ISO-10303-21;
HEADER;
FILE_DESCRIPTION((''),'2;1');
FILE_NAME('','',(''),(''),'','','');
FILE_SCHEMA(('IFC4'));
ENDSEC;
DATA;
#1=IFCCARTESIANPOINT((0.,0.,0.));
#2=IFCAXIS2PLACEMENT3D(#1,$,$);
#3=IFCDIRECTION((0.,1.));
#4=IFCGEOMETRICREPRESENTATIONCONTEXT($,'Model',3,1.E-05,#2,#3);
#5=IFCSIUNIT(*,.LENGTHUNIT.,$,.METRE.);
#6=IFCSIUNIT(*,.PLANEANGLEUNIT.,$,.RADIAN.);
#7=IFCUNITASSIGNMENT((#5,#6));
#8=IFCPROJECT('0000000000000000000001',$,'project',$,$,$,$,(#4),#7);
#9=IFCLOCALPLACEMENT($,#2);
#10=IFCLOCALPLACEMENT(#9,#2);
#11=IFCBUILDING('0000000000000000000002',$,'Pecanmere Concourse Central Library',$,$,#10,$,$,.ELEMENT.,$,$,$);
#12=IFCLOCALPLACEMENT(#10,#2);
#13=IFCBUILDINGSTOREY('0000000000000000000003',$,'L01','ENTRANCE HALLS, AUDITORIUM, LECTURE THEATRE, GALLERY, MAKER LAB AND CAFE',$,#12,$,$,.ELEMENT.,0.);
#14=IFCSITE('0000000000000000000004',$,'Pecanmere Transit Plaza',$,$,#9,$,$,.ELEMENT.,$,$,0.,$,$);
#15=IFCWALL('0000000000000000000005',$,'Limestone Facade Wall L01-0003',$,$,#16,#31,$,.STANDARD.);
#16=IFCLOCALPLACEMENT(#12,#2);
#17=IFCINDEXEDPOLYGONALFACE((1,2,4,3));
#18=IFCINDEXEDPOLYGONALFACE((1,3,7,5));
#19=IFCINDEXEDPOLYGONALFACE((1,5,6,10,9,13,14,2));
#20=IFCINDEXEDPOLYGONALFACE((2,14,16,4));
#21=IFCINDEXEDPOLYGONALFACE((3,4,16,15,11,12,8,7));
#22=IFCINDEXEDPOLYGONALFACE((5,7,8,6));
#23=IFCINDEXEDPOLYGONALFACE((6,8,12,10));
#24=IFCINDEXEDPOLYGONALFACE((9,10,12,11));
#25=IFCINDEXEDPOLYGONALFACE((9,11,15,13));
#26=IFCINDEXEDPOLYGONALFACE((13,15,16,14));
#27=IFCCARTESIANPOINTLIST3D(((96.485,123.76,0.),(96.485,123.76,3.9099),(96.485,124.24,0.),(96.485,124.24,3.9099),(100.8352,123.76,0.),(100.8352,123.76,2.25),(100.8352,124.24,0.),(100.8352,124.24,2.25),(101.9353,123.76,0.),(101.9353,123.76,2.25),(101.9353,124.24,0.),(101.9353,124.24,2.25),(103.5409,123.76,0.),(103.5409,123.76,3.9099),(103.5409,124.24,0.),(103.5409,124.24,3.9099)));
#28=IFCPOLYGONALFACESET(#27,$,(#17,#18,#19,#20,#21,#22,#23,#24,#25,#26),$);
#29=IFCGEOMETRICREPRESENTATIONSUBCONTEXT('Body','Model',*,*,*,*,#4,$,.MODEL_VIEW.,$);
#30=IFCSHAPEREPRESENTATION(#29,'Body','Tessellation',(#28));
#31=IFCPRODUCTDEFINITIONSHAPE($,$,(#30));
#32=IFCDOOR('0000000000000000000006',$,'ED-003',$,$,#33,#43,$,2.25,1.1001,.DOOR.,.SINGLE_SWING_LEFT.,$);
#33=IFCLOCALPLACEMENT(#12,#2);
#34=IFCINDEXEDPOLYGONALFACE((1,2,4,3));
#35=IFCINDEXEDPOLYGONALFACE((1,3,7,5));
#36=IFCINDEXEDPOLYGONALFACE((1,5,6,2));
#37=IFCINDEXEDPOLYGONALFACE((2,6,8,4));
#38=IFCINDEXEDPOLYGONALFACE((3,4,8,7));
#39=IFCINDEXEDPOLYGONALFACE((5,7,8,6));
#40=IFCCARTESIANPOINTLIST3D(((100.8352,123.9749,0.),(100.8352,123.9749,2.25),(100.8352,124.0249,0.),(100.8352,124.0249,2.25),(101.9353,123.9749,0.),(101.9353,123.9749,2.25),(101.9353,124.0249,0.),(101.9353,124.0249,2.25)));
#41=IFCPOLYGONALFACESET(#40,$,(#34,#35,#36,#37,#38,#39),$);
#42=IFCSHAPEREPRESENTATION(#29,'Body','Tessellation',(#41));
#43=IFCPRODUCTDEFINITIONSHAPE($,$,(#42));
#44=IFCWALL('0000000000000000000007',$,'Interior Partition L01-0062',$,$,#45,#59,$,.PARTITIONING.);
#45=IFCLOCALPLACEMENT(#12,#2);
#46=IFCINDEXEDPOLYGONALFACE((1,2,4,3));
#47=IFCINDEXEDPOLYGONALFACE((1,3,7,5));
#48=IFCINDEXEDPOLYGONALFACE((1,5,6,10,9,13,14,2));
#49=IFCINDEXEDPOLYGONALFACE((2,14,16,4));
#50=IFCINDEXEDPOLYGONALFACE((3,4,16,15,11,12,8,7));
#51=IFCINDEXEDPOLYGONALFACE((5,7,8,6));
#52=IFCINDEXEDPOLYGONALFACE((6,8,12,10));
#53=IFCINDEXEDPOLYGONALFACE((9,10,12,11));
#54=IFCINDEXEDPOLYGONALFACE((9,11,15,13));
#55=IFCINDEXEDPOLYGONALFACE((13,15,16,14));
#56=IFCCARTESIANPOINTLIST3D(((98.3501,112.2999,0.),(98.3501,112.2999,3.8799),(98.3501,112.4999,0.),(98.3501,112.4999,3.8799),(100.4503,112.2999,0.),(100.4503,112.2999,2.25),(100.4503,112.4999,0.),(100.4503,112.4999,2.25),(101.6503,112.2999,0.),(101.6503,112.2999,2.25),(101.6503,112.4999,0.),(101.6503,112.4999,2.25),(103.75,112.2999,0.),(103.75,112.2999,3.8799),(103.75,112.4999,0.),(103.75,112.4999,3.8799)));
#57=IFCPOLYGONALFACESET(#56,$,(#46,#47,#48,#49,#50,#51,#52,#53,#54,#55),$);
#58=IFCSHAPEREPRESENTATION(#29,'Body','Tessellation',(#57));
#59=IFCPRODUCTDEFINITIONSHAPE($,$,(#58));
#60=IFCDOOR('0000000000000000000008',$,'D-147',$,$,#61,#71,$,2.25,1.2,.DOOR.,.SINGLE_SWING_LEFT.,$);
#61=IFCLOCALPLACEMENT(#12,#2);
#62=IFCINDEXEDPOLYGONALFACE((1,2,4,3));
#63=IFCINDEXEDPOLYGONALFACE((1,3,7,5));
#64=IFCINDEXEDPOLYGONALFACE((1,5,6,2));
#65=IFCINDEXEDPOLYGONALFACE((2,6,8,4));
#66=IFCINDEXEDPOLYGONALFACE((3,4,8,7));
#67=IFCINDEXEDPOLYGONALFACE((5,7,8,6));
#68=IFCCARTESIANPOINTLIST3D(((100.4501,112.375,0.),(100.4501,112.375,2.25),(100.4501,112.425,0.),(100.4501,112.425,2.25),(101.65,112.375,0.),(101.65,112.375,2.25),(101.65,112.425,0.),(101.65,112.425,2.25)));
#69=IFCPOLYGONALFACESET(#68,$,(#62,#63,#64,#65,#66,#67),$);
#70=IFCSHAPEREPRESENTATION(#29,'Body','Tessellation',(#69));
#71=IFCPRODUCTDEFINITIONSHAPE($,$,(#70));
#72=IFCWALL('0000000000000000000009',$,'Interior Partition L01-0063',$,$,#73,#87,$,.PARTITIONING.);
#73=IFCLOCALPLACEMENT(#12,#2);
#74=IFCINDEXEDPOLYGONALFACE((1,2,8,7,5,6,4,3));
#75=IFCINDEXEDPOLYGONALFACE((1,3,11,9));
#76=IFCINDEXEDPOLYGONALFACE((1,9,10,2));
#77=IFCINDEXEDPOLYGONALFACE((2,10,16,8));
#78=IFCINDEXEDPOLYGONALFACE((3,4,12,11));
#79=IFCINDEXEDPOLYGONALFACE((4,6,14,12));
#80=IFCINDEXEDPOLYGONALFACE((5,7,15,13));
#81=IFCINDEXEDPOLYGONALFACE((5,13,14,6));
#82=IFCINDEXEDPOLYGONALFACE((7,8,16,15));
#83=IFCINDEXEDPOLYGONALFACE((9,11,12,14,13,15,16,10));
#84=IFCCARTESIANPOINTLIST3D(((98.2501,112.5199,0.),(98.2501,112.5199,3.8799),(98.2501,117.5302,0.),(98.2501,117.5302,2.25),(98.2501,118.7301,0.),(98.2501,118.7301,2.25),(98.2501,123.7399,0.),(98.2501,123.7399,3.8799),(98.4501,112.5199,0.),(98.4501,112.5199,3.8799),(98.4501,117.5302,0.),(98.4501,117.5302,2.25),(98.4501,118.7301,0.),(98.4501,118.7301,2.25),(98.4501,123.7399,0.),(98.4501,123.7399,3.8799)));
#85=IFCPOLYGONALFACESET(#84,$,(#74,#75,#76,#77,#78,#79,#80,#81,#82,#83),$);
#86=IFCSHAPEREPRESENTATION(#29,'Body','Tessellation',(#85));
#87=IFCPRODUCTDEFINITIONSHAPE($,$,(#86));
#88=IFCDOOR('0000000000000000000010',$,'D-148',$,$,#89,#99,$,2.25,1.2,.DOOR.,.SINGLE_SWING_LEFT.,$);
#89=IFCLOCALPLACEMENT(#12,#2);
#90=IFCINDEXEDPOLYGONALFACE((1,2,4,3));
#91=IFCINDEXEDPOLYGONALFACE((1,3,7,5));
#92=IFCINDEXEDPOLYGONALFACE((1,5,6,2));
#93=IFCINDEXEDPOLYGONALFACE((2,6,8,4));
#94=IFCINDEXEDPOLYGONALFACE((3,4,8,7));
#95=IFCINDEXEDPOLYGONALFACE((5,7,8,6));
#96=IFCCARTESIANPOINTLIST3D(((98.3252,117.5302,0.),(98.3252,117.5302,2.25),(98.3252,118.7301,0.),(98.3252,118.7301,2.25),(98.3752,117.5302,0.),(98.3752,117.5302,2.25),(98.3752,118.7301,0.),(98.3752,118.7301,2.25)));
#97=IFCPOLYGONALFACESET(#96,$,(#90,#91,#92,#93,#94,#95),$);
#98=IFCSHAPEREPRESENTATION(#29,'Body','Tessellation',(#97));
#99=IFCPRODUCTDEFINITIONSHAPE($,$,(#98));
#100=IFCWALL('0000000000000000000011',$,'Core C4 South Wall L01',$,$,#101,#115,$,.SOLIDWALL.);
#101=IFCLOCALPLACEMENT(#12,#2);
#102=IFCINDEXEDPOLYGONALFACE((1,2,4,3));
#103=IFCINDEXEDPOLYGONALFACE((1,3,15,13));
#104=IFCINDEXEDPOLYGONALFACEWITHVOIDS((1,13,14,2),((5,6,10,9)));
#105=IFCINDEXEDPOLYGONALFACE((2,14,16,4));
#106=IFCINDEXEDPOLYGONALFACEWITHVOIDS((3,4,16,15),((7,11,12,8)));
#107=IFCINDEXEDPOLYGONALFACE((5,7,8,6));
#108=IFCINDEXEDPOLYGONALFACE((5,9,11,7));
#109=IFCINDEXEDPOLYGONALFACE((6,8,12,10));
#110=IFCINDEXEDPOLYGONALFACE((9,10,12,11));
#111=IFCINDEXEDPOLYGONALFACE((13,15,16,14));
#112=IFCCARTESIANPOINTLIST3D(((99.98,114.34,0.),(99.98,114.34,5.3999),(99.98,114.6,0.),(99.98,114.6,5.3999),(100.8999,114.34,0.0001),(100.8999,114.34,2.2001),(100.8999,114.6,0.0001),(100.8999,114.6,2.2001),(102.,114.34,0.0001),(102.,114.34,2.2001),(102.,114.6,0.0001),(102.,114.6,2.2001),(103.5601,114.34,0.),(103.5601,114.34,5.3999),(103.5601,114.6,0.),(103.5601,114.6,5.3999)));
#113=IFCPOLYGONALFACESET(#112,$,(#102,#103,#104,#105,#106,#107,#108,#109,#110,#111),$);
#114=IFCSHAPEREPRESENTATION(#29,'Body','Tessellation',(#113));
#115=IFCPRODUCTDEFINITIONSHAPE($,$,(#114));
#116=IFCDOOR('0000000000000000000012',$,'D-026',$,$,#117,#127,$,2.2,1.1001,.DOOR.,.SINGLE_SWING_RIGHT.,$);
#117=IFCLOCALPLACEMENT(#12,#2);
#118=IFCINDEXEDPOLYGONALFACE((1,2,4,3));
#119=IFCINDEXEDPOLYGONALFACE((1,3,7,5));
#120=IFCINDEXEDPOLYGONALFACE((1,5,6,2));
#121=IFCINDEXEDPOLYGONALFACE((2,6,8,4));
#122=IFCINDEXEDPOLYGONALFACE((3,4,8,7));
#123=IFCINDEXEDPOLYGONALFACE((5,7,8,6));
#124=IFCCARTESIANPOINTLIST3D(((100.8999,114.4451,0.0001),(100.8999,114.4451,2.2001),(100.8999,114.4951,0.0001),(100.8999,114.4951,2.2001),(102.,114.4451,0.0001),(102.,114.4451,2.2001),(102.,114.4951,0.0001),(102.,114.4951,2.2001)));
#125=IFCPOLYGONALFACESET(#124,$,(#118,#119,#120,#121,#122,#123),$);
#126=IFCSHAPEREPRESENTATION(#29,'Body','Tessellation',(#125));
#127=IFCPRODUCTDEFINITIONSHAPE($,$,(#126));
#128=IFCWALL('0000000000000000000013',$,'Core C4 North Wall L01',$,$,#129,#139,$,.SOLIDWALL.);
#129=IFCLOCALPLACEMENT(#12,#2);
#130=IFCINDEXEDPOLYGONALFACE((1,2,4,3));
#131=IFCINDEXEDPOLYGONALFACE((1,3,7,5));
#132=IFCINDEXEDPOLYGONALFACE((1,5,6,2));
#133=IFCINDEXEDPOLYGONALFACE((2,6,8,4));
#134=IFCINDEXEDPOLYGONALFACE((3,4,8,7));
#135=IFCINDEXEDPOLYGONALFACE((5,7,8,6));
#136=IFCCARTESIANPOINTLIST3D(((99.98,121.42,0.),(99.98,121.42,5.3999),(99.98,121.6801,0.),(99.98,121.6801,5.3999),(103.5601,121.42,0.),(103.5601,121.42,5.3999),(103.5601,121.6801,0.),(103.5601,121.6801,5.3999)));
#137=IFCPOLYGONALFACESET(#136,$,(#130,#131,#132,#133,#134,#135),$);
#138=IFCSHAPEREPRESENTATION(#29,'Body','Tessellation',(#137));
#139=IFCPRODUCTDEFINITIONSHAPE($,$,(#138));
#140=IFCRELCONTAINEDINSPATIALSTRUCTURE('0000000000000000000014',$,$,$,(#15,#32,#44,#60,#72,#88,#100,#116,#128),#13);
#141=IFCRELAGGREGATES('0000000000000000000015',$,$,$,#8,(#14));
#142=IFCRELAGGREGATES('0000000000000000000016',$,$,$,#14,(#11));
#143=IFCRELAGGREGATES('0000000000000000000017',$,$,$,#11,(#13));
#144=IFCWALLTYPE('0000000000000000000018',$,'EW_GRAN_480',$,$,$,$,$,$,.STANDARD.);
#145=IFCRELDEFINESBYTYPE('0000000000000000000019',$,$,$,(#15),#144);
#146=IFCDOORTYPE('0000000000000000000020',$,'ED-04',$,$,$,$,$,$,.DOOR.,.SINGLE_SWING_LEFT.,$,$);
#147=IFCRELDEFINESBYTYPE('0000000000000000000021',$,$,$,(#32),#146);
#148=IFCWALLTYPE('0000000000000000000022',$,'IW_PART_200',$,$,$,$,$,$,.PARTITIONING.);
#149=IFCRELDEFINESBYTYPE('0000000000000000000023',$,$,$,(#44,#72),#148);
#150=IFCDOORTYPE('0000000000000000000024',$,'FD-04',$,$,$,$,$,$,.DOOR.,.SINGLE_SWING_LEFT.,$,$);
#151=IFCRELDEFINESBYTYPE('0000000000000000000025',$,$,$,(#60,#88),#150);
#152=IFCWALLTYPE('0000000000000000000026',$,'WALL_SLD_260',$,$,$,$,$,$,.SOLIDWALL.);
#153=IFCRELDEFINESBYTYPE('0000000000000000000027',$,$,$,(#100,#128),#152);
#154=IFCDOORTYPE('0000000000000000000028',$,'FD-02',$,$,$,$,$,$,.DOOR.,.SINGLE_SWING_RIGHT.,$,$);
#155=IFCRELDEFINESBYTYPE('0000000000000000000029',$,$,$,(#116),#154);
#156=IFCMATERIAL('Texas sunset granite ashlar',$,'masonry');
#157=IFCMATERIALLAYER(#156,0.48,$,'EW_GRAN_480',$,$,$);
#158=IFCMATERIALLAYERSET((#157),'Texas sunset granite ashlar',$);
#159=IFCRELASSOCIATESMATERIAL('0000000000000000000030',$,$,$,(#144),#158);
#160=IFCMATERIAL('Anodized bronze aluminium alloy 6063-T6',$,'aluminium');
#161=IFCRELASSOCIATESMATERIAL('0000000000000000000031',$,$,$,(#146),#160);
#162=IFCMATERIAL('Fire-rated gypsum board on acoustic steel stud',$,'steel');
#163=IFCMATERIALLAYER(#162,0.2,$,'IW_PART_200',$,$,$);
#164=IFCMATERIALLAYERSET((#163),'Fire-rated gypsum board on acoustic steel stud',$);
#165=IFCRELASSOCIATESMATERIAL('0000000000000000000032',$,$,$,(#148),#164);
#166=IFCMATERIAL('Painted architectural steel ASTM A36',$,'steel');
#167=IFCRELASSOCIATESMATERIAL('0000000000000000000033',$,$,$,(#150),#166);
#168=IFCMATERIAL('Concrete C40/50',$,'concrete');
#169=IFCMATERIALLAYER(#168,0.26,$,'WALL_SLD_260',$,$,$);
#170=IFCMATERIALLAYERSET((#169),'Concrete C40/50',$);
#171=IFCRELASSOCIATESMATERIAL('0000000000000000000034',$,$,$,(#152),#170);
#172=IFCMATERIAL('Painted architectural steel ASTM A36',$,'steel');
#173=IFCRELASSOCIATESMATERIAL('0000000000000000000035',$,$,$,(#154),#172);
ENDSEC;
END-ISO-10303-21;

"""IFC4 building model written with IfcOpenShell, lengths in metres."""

from ifc_helpers import new_model, si_unit, direction, frame, frame_2d, origin, place, context, subcontext, project, spatial, rectangle, extrude, material, layer, layer_set, type_object, element, fill, save


model = new_model("IFC4")

# Units and contexts
model_context = context("Model", 3, precision=1e-05, world=origin(), true_north=direction((0.0, 1.0)))
body_context = subcontext(model_context, "Body", "Model", "MODEL_VIEW")
ifc_project = project(units=[si_unit("LENGTHUNIT", "METRE"), si_unit("PLANEANGLEUNIT", "RADIAN")], contexts=[model_context])

# Site, building, storey
site_placement = place(None, origin())
site = spatial("IfcSite", under=ifc_project, at=site_placement, Name="Pecanmere Transit Plaza", CompositionType="ELEMENT", RefElevation=0.0)
building_placement = place(site_placement, origin())
building = spatial("IfcBuilding", under=site, at=building_placement, Name="Pecanmere Concourse Central Library", CompositionType="ELEMENT")
storey_placement = place(building_placement, origin())
storey = spatial("IfcBuildingStorey", under=building, at=storey_placement, Name="L01", Description="ENTRANCE HALLS, AUDITORIUM, LECTURE THEATRE, GALLERY, MAKER LAB AND CAFE", CompositionType="ELEMENT", Elevation=0.0)

# Walls, openings, doors
ifc_material_1 = material(Name="Texas sunset granite ashlar", Category="masonry")
ifc_layer_1 = layer(ifc_material_1, 0.48, Name="EW_GRAN_480")
ifc_layer_set_1 = layer_set([ifc_layer_1], Name="Texas sunset granite ashlar")
wall_type_1 = type_object("IfcWallType", Name="EW_GRAN_480", PredefinedType="STANDARD", material=ifc_layer_set_1)
wall_1_placement = place(storey_placement, frame((96.4851, 124.0, 0.0), z_axis=(0.0, 0.0, 1.0), x_axis=(1.0, 0.0, 0.0)))
wall_1 = element("IfcWall", 1, at=wall_1_placement, inside=storey, type_object=wall_type_1, Name="Limestone Facade Wall L01-0003", PredefinedType="STANDARD", context=body_context, shape_type="SweptSolid", body=[
    extrude(rectangle(XDim=7.0559, YDim=0.48, at=frame_2d((3.5278, 0.0))), origin(), (0.0, 0.0, 1.0), 3.9099),
])
opening_1_placement = place(wall_1_placement, frame((4.3501, 0.0, 0.0)))
opening_1 = element("IfcOpeningElement", 2, at=opening_1_placement, cuts=wall_1, PredefinedType="OPENING", context=body_context, shape_type="SweptSolid", body=[
    extrude(rectangle(XDim=1.1001, YDim=2.25, at=frame_2d((0.55, 1.125))), frame((0.0, 0.252, 0.0), z_axis=(0.0, -1.0, 0.0), x_axis=(1.0, 0.0, 0.0)), (0.0, 0.0, 1.0), 0.5039),
])
ifc_material_2 = material(Name="Anodized bronze aluminium alloy 6063-T6", Category="aluminium")
door_type_1 = type_object("IfcDoorType", Name="ED-04", OperationType="SINGLE_SWING_LEFT", PredefinedType="DOOR", material=ifc_material_2)
door_1_placement = place(opening_1_placement, origin())
door_1 = element("IfcDoor", 3, at=door_1_placement, inside=storey, type_object=door_type_1, Name="ED-003", OperationType="SINGLE_SWING_LEFT", OverallHeight=2.25, OverallWidth=1.1001, PredefinedType="DOOR", context=body_context, shape_type="SweptSolid", body=[
    extrude(rectangle(XDim=1.1001, YDim=2.25, at=frame_2d((0.55, 1.125))), frame((0.0, 0.0249, 0.0), z_axis=(0.0, -1.0, 0.0), x_axis=(1.0, 0.0, 0.0)), (0.0, 0.0, 1.0), 0.05),
])
fill(opening_1, door_1)
ifc_material_3 = material(Name="Fire-rated gypsum board on acoustic steel stud", Category="steel")
ifc_layer_2 = layer(ifc_material_3, 0.2, Name="IW_PART_200")
ifc_layer_set_2 = layer_set([ifc_layer_2], Name="Fire-rated gypsum board on acoustic steel stud")
wall_type_2 = type_object("IfcWallType", Name="IW_PART_200", PredefinedType="PARTITIONING", material=ifc_layer_set_2)
wall_2_placement = place(storey_placement, frame((98.3501, 112.3999, 0.0), z_axis=(0.0, 0.0, 1.0), x_axis=(1.0, 0.0, 0.0)))
wall_2 = element("IfcWall", 4, at=wall_2_placement, inside=storey, type_object=wall_type_2, Name="Interior Partition L01-0062", PredefinedType="PARTITIONING", context=body_context, shape_type="SweptSolid", body=[
    extrude(rectangle(XDim=5.3999, YDim=0.2, at=frame_2d((2.7, 0.0))), origin(), (0.0, 0.0, 1.0), 3.8799),
])
opening_2_placement = place(wall_2_placement, frame((2.1001, 0.0, 0.0)))
opening_2 = element("IfcOpeningElement", 5, at=opening_2_placement, cuts=wall_2, PredefinedType="OPENING", context=body_context, shape_type="SweptSolid", body=[
    extrude(rectangle(XDim=1.2, YDim=2.25, at=frame_2d((0.6001, 1.125))), frame((0.0, 0.1118, 0.0), z_axis=(0.0, -1.0, 0.0), x_axis=(1.0, 0.0, 0.0)), (0.0, 0.0, 1.0), 0.2239),
])
ifc_material_4 = material(Name="Painted architectural steel ASTM A36", Category="steel")
door_type_2 = type_object("IfcDoorType", Name="FD-04", OperationType="SINGLE_SWING_LEFT", PredefinedType="DOOR", material=ifc_material_4)
door_2_placement = place(opening_2_placement, frame((1.2, 0.0, 0.0), z_axis=(0.0, 0.0, 1.0), x_axis=(-1.0, 0.0, 0.0)))
door_2 = element("IfcDoor", 6, at=door_2_placement, inside=storey, type_object=door_type_2, Name="D-147", OperationType="SINGLE_SWING_LEFT", OverallHeight=2.25, OverallWidth=1.2, PredefinedType="DOOR", context=body_context, shape_type="SweptSolid", body=[
    extrude(rectangle(XDim=1.2, YDim=2.25, at=frame_2d((0.6001, 1.125))), frame((0.0, 0.0249, 0.0), z_axis=(0.0, -1.0, 0.0), x_axis=(1.0, 0.0, 0.0)), (0.0, 0.0, 1.0), 0.05),
])
fill(opening_2, door_2)
wall_3_placement = place(storey_placement, frame((98.3501, 112.52, 0.0), z_axis=(0.0, 0.0, 1.0), x_axis=(0.0, 1.0, 0.0)))
wall_3 = element("IfcWall", 7, at=wall_3_placement, inside=storey, type_object=wall_type_2, Name="Interior Partition L01-0063", PredefinedType="PARTITIONING", context=body_context, shape_type="SweptSolid", body=[
    extrude(rectangle(XDim=11.22, YDim=0.2, at=frame_2d((5.6099, 0.0))), origin(), (0.0, 0.0, 1.0), 3.8799),
])
opening_3_placement = place(wall_3_placement, frame((5.01, 0.0, 0.0)))
opening_3 = element("IfcOpeningElement", 8, at=opening_3_placement, cuts=wall_3, PredefinedType="OPENING", context=body_context, shape_type="SweptSolid", body=[
    extrude(rectangle(XDim=1.2, YDim=2.25, at=frame_2d((0.6001, 1.125))), frame((0.0, 0.1118, 0.0), z_axis=(0.0, -1.0, 0.0), x_axis=(1.0, 0.0, 0.0)), (0.0, 0.0, 1.0), 0.2239),
])
door_3_placement = place(opening_3_placement, origin())
door_3 = element("IfcDoor", 9, at=door_3_placement, inside=storey, type_object=door_type_2, Name="D-148", OperationType="SINGLE_SWING_LEFT", OverallHeight=2.25, OverallWidth=1.2, PredefinedType="DOOR", context=body_context, shape_type="SweptSolid", body=[
    extrude(rectangle(XDim=1.2, YDim=2.25, at=frame_2d((0.6001, 1.125))), frame((0.0, 0.0249, 0.0), z_axis=(0.0, -1.0, 0.0), x_axis=(1.0, 0.0, 0.0)), (0.0, 0.0, 1.0), 0.05),
])
fill(opening_3, door_3)
ifc_material_5 = material(Name="Concrete C40/50", Category="concrete")
ifc_layer_3 = layer(ifc_material_5, 0.26, Name="WALL_SLD_260")
ifc_layer_set_3 = layer_set([ifc_layer_3], Name="Concrete C40/50")
wall_type_3 = type_object("IfcWallType", Name="WALL_SLD_260", PredefinedType="SOLIDWALL", material=ifc_layer_set_3)
wall_4_placement = place(storey_placement, frame((99.98, 114.47, 0.0), z_axis=(0.0, 0.0, 1.0), x_axis=(1.0, 0.0, 0.0)))
wall_4 = element("IfcWall", 10, at=wall_4_placement, inside=storey, type_object=wall_type_3, Name="Core C4 South Wall L01", PredefinedType="SOLIDWALL", context=body_context, shape_type="SweptSolid", body=[
    extrude(rectangle(XDim=3.5801, YDim=0.26, at=frame_2d((1.79, 0.0))), origin(), (0.0, 0.0, 1.0), 5.3999),
])
opening_4_placement = place(wall_4_placement, frame((0.9199, 0.0, 0.0)))
opening_4 = element("IfcOpeningElement", 11, at=opening_4_placement, cuts=wall_4, PredefinedType="OPENING", context=body_context, shape_type="SweptSolid", body=[
    extrude(rectangle(XDim=1.1001, YDim=2.2, at=frame_2d((0.55, 1.1001))), frame((0.0, 0.1421, 0.0), z_axis=(0.0, -1.0, 0.0), x_axis=(1.0, 0.0, 0.0)), (0.0, 0.0, 1.0), 0.2839),
])
ifc_material_6 = material(Name="Painted architectural steel ASTM A36", Category="steel")
door_type_3 = type_object("IfcDoorType", Name="FD-02", OperationType="SINGLE_SWING_RIGHT", PredefinedType="DOOR", material=ifc_material_6)
door_4_placement = place(opening_4_placement, frame((1.1001, 0.0, 0.0), z_axis=(0.0, 0.0, 1.0), x_axis=(-1.0, 0.0, 0.0)))
door_4 = element("IfcDoor", 12, at=door_4_placement, inside=storey, type_object=door_type_3, Name="D-026", OperationType="SINGLE_SWING_RIGHT", OverallHeight=2.2, OverallWidth=1.1001, PredefinedType="DOOR", context=body_context, shape_type="SweptSolid", body=[
    extrude(rectangle(XDim=1.1001, YDim=2.2, at=frame_2d((0.55, 1.1001))), frame((0.0, 0.0249, 0.0), z_axis=(0.0, -1.0, 0.0), x_axis=(1.0, 0.0, 0.0)), (0.0, 0.0, 1.0), 0.05),
])
fill(opening_4, door_4)

# Wall
wall_5_placement = place(storey_placement, frame((99.98, 121.55, 0.0), z_axis=(0.0, 0.0, 1.0), x_axis=(1.0, 0.0, 0.0)))
element("IfcWall", 13, at=wall_5_placement, inside=storey, type_object=wall_type_3, Name="Core C4 North Wall L01", PredefinedType="SOLIDWALL", context=body_context, shape_type="SweptSolid", body=[
    extrude(rectangle(XDim=3.5801, YDim=0.26, at=frame_2d((1.79, 0.0))), origin(), (0.0, 0.0, 1.0), 5.3999),
])

save(model, "model.ifc")
